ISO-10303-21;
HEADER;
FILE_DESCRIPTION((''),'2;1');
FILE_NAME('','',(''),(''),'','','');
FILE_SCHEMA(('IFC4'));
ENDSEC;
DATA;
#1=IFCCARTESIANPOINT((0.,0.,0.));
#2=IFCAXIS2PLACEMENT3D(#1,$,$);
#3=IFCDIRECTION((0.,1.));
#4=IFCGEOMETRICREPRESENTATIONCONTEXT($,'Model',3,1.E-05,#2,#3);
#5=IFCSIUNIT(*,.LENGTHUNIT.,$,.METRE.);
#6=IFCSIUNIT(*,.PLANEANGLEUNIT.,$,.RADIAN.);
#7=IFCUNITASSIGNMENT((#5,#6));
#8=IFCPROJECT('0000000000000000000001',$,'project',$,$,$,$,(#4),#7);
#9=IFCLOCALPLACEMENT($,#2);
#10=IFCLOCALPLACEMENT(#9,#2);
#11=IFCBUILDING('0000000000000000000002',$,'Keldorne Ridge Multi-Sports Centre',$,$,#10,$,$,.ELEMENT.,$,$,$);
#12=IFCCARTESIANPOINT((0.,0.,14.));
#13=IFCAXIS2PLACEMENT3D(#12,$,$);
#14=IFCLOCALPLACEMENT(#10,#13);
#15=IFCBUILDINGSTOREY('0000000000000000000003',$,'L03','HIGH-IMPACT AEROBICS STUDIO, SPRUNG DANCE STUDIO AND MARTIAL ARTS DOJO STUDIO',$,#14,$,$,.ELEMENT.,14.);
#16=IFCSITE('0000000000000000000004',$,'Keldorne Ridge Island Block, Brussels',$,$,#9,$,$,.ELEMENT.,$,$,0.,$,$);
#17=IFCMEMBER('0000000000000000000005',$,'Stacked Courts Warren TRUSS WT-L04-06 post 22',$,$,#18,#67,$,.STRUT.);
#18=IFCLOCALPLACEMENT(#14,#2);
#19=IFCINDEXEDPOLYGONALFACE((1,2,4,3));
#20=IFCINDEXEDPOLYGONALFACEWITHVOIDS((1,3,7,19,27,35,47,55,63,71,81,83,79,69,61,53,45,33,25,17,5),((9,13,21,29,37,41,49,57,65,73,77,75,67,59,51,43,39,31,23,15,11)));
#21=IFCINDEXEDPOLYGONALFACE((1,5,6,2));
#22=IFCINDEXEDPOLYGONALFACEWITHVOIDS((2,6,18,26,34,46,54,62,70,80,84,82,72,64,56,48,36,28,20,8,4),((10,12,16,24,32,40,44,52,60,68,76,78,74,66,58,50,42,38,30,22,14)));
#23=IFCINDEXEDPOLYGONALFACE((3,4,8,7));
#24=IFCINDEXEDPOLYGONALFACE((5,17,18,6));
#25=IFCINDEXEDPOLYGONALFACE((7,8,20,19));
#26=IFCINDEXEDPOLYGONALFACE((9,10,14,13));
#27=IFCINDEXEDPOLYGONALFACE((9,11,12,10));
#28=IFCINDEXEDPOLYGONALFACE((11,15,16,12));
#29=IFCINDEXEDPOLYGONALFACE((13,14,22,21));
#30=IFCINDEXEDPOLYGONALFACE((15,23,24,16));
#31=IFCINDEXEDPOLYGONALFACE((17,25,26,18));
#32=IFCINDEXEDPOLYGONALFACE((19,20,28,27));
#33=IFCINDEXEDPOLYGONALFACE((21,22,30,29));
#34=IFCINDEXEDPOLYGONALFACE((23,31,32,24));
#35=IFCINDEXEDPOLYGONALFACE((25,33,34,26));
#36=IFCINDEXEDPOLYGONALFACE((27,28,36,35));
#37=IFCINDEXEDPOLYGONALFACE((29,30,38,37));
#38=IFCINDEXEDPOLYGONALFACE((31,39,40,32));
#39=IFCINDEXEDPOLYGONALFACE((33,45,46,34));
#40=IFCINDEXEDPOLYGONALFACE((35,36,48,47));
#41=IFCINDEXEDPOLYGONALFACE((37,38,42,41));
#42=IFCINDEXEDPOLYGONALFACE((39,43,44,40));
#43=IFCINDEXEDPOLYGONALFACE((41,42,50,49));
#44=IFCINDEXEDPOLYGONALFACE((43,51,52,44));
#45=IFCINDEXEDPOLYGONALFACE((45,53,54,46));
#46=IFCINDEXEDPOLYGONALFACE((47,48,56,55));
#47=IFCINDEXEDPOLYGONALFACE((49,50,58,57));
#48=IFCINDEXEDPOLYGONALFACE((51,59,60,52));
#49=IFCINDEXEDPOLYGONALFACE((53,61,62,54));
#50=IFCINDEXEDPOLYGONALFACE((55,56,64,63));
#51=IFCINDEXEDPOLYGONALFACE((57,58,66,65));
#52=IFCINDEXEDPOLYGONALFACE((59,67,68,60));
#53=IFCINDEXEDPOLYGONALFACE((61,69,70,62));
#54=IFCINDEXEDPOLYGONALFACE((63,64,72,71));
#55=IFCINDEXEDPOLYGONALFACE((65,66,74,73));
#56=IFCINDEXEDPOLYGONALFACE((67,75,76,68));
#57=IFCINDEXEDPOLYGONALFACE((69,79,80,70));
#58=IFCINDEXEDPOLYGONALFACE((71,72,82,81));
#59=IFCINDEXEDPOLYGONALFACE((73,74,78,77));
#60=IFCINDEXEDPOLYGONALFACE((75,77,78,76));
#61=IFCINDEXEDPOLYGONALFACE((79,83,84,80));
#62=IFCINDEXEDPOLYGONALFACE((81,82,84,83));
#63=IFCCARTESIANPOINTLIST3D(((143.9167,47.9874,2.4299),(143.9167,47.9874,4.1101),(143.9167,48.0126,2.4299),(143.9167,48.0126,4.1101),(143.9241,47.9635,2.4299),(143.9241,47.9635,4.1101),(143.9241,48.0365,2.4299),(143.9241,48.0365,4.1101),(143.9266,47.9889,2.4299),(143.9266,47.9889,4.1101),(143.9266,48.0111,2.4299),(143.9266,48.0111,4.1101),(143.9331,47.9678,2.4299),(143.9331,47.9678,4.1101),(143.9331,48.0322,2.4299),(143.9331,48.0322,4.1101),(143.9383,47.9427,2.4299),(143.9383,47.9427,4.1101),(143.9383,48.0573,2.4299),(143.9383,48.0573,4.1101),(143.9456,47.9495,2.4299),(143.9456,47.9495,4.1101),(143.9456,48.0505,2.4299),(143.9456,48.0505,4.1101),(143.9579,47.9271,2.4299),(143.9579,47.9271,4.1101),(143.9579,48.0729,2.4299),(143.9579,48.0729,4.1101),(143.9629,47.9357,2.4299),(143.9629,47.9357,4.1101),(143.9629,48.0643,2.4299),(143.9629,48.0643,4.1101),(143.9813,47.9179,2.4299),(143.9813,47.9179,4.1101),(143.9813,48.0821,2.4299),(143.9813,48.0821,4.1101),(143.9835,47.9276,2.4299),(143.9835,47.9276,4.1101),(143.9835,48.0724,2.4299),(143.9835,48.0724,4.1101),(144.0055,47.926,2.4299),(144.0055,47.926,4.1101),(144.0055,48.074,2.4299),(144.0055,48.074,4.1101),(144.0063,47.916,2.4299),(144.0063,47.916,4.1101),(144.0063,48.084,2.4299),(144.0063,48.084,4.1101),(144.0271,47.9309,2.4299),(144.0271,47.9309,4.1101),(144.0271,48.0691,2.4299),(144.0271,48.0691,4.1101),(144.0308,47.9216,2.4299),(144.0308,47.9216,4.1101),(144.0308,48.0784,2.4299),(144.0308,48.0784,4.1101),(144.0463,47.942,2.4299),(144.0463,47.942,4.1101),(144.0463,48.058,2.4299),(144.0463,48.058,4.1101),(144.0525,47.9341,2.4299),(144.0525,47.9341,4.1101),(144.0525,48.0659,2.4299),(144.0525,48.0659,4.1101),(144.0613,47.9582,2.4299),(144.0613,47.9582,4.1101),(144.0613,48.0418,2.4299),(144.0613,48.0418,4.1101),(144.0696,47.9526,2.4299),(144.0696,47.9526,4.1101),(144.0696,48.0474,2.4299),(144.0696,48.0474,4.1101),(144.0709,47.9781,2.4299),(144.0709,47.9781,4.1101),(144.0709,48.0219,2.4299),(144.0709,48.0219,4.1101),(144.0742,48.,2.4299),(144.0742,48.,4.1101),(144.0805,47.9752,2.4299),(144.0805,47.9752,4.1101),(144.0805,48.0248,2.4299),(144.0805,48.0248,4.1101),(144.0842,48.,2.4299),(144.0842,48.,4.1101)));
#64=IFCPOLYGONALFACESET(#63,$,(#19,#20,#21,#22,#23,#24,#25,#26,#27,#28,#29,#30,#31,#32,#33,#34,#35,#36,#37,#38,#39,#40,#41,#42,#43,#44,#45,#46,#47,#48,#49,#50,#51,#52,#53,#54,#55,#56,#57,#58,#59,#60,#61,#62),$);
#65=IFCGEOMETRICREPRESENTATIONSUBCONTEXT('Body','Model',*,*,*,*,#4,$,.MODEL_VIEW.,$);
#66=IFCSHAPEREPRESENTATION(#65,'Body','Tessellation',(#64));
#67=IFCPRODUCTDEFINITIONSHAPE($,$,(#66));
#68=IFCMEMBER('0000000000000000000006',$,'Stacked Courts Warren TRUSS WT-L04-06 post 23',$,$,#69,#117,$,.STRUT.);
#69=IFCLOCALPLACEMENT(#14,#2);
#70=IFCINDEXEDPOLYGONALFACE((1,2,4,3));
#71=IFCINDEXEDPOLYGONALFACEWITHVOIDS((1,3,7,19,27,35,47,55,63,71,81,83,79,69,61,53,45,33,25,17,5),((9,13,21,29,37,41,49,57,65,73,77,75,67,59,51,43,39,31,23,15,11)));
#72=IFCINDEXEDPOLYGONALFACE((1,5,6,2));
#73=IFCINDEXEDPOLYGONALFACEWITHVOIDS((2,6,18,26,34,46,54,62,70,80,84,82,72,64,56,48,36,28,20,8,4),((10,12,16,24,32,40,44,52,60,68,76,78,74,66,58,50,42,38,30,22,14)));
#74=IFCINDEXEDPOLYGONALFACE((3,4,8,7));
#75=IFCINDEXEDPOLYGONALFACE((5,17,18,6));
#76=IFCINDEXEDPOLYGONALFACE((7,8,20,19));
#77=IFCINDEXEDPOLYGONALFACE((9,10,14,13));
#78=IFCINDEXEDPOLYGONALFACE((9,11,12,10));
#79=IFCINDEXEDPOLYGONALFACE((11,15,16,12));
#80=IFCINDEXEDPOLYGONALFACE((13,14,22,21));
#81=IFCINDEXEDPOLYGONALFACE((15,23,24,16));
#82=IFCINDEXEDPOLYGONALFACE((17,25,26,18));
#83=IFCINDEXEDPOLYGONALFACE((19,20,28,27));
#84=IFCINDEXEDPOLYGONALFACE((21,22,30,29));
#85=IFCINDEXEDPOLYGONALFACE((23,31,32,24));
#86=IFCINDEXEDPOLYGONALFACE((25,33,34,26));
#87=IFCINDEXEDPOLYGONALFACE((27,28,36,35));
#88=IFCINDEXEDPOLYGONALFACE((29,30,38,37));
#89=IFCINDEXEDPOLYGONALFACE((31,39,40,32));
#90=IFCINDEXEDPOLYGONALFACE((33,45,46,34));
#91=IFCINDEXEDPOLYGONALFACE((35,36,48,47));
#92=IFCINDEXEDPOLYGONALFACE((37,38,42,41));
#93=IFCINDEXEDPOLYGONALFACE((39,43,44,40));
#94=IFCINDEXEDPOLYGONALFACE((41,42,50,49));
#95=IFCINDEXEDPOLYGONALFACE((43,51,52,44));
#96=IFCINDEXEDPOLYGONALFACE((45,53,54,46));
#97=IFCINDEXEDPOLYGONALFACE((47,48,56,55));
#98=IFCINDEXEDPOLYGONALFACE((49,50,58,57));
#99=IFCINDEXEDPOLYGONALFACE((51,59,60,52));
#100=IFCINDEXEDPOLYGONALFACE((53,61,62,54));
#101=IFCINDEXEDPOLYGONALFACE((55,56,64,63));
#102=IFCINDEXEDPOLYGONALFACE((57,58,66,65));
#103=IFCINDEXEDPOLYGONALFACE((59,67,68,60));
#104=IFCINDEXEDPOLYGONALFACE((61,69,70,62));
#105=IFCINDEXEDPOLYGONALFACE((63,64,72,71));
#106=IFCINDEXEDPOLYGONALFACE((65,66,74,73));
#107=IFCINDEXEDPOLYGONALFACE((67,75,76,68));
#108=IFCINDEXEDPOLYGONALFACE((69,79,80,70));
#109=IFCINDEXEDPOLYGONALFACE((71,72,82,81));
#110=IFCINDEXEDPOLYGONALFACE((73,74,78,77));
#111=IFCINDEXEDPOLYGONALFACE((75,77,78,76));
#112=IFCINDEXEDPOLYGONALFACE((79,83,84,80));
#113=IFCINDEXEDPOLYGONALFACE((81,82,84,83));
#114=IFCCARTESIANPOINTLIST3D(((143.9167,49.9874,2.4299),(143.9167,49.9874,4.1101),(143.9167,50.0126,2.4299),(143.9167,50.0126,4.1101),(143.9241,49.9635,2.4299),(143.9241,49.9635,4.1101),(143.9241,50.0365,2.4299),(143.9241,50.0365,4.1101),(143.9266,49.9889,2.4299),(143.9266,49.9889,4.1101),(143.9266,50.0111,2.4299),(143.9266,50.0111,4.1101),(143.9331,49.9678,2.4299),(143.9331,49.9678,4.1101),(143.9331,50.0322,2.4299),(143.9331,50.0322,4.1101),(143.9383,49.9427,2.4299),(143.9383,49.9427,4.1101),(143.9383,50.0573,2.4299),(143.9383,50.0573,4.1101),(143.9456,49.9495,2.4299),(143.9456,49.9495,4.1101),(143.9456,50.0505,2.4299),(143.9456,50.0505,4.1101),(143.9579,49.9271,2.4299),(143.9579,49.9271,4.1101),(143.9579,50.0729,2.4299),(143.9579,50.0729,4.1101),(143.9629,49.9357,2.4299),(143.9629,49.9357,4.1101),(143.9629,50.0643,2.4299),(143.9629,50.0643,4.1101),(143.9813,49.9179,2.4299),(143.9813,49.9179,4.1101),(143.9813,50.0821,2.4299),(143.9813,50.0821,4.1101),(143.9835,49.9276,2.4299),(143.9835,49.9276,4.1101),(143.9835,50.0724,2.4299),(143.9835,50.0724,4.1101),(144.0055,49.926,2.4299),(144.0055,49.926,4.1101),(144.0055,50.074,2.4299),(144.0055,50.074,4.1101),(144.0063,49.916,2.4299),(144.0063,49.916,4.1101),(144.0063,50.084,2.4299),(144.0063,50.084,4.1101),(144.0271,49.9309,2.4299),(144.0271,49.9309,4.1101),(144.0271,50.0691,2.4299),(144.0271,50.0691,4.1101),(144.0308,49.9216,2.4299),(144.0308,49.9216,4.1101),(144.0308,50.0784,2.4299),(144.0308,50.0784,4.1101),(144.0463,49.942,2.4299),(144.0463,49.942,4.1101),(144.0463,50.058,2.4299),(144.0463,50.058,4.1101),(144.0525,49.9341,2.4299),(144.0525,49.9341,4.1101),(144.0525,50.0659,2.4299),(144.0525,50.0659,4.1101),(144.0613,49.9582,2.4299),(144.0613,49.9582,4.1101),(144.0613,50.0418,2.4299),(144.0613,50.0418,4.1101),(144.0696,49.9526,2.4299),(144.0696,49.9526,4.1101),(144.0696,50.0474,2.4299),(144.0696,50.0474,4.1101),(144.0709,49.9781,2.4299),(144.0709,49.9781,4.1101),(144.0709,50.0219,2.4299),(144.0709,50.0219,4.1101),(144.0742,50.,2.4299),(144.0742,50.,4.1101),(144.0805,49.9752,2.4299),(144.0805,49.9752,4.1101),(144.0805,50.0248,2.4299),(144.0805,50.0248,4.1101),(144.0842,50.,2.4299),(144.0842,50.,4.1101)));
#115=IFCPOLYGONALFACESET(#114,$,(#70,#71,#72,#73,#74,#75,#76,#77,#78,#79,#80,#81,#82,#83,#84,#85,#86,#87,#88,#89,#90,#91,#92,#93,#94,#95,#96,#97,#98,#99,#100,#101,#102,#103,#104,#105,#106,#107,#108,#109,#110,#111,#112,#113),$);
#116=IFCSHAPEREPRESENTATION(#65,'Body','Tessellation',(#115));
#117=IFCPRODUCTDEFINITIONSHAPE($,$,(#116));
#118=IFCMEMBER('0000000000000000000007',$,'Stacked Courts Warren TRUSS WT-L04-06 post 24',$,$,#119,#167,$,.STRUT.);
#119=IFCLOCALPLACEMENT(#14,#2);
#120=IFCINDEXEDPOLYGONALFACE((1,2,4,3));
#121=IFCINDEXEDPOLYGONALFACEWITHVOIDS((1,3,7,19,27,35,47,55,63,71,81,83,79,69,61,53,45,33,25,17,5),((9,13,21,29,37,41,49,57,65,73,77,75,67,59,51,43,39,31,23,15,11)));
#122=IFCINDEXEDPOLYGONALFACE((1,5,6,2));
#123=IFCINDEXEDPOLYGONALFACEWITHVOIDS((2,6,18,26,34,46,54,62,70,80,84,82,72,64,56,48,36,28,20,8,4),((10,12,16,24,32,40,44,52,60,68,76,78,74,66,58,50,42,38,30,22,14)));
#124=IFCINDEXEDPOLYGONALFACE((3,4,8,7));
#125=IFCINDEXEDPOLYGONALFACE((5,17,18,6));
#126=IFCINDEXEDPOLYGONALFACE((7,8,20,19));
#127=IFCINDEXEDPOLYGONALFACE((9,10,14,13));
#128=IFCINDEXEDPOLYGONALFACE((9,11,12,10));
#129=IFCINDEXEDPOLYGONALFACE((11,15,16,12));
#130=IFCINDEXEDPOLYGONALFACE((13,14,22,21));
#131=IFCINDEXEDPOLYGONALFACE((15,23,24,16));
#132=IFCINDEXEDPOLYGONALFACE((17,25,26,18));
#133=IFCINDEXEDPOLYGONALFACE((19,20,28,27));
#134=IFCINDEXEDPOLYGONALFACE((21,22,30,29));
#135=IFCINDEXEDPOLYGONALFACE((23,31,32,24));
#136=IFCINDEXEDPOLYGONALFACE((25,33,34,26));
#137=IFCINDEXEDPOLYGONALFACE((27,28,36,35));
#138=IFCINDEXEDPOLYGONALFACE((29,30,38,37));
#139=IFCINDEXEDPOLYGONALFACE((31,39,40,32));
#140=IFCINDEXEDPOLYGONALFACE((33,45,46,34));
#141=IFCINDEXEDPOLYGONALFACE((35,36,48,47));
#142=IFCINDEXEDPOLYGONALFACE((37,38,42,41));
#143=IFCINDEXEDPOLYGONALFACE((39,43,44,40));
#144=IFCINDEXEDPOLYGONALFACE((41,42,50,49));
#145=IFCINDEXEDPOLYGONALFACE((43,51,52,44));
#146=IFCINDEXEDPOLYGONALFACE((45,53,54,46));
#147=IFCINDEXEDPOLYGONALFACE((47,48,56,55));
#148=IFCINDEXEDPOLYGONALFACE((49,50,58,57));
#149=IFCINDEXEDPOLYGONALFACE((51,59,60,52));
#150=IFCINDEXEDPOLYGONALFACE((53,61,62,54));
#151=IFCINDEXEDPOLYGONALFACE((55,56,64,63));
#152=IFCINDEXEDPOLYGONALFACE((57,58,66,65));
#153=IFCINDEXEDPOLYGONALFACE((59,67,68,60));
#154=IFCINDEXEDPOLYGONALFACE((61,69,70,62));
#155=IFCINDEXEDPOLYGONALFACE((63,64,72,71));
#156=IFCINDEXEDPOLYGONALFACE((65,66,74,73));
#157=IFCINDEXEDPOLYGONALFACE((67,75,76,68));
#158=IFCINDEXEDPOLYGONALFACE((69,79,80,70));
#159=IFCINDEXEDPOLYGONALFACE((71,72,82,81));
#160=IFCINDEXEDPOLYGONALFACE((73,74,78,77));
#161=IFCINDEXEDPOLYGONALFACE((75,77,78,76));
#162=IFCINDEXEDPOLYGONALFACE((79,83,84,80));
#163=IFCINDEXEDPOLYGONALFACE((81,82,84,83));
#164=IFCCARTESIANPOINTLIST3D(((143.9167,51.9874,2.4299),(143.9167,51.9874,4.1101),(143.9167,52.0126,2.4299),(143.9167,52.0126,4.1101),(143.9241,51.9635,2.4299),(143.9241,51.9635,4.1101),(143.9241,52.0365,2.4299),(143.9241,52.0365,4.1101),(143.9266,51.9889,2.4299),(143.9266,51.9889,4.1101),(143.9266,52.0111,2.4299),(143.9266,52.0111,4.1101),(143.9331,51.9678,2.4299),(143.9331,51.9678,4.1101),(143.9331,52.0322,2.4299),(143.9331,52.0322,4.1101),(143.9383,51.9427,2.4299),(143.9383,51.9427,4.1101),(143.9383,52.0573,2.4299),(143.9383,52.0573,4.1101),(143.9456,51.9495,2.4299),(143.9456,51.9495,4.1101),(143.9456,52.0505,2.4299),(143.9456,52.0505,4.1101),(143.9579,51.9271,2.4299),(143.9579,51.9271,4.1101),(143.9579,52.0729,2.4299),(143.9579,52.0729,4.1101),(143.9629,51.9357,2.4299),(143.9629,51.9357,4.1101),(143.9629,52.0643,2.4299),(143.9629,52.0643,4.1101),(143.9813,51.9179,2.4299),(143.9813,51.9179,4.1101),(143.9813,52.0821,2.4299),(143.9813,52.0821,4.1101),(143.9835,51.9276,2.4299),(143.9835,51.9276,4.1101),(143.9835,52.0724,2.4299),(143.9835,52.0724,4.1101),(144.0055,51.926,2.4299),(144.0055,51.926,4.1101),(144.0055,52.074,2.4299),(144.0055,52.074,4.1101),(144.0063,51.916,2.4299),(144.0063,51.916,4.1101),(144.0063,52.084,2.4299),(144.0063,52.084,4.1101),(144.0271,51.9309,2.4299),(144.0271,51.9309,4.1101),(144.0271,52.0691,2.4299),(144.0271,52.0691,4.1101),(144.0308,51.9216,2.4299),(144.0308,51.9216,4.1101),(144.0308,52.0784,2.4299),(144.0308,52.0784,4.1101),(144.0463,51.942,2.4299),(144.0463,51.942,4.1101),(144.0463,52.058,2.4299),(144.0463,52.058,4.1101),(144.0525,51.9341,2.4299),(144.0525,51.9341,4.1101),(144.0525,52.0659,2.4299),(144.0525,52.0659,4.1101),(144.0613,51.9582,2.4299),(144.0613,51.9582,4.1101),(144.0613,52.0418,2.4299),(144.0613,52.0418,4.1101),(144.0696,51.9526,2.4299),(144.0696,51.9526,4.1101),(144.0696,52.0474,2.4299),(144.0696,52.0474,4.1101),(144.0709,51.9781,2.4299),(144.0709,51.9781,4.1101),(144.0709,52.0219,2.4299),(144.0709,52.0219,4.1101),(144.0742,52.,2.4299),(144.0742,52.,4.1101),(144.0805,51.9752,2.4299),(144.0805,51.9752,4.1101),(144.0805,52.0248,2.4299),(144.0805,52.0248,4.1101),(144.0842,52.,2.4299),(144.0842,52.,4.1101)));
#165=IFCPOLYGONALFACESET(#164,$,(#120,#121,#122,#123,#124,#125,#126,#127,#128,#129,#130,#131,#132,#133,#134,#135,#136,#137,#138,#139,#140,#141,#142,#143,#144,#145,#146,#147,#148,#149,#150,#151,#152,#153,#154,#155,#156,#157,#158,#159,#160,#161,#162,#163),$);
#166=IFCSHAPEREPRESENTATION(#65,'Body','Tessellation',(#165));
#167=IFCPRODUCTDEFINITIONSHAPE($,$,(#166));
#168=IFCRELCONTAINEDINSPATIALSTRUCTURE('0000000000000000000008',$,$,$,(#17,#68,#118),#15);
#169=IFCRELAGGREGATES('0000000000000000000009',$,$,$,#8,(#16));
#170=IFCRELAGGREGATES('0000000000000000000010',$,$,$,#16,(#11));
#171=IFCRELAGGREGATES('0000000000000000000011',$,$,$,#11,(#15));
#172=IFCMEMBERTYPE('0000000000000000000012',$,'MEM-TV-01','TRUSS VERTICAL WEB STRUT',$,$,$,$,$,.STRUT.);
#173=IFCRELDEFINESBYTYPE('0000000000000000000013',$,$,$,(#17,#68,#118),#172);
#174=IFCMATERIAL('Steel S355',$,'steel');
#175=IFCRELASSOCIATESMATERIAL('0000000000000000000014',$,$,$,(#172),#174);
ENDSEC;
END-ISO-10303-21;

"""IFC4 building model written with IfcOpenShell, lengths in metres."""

from ifc_helpers import new_model, si_unit, direction, frame, origin, origin_2d, place, context, subcontext, project, spatial, hollow_circle, extrude, material, material_profile, profile_set, type_object, element, save


model = new_model("IFC4")

# Units and contexts
model_context = context("Model", 3, precision=1e-05, world=origin(), true_north=direction((0.0, 1.0)))
body_context = subcontext(model_context, "Body", "Model", "MODEL_VIEW")
ifc_project = project(units=[si_unit("LENGTHUNIT", "METRE"), si_unit("PLANEANGLEUNIT", "RADIAN")], contexts=[model_context])

# Site, building, storey
site_placement = place(None, origin())
site = spatial("IfcSite", under=ifc_project, at=site_placement, Name="Keldorne Ridge Island Block, Brussels", CompositionType="ELEMENT", RefElevation=0.0)
building_placement = place(site_placement, origin())
building = spatial("IfcBuilding", under=site, at=building_placement, Name="Keldorne Ridge Multi-Sports Centre", CompositionType="ELEMENT")
storey_placement = place(building_placement, frame((0.0, 0.0, 14.0)))
storey = spatial("IfcBuildingStorey", under=building, at=storey_placement, Name="L03", Description="HIGH-IMPACT AEROBICS STUDIO, SPRUNG DANCE STUDIO AND MARTIAL ARTS DOJO STUDIO", CompositionType="ELEMENT", Elevation=14.0)

# Shared definitions
ifc_material_1 = material(Name="Steel S355", Category="steel")

# Members
ifc_material_profile_1 = material_profile(ifc_material_1, hollow_circle(Radius=0.0842, WallThickness=0.01, at=origin_2d()), Name="CHS 168.3x10")
ifc_profile_set_1 = profile_set([ifc_material_profile_1], Name="Steel S355")
member_type_1 = type_object("IfcMemberType", Name="MEM-TV-01", Description="TRUSS VERTICAL WEB STRUT", PredefinedType="STRUT", material=ifc_profile_set_1)
for number, where, z_axis, x_axis, name in (
    (1, (144.0, 48.0, 2.4299), (0.0, 0.0, 1.0), (1.0, 0.0, 0.0), "Stacked Courts Warren TRUSS WT-L04-06 post 22"),
    (2, (144.0, 50.0, 2.4299), (0.0, 0.0, 1.0), (1.0, 0.0, 0.0), "Stacked Courts Warren TRUSS WT-L04-06 post 23"),
    (3, (144.0, 52.0, 2.4299), (0.0, 0.0, 1.0), (1.0, 0.0, 0.0), "Stacked Courts Warren TRUSS WT-L04-06 post 24"),
):
    element("IfcMember", number, at=place(storey_placement, frame(where, z_axis=z_axis, x_axis=x_axis)), inside=storey, type_object=member_type_1, Name=name, PredefinedType="STRUT", context=body_context, shape_type="SweptSolid", body=[
        extrude(hollow_circle(Radius=0.0842, WallThickness=0.01, at=origin_2d()), origin(), (0.0, 0.0, 1.0), 1.6802),
    ])

save(model, "model.ifc")
